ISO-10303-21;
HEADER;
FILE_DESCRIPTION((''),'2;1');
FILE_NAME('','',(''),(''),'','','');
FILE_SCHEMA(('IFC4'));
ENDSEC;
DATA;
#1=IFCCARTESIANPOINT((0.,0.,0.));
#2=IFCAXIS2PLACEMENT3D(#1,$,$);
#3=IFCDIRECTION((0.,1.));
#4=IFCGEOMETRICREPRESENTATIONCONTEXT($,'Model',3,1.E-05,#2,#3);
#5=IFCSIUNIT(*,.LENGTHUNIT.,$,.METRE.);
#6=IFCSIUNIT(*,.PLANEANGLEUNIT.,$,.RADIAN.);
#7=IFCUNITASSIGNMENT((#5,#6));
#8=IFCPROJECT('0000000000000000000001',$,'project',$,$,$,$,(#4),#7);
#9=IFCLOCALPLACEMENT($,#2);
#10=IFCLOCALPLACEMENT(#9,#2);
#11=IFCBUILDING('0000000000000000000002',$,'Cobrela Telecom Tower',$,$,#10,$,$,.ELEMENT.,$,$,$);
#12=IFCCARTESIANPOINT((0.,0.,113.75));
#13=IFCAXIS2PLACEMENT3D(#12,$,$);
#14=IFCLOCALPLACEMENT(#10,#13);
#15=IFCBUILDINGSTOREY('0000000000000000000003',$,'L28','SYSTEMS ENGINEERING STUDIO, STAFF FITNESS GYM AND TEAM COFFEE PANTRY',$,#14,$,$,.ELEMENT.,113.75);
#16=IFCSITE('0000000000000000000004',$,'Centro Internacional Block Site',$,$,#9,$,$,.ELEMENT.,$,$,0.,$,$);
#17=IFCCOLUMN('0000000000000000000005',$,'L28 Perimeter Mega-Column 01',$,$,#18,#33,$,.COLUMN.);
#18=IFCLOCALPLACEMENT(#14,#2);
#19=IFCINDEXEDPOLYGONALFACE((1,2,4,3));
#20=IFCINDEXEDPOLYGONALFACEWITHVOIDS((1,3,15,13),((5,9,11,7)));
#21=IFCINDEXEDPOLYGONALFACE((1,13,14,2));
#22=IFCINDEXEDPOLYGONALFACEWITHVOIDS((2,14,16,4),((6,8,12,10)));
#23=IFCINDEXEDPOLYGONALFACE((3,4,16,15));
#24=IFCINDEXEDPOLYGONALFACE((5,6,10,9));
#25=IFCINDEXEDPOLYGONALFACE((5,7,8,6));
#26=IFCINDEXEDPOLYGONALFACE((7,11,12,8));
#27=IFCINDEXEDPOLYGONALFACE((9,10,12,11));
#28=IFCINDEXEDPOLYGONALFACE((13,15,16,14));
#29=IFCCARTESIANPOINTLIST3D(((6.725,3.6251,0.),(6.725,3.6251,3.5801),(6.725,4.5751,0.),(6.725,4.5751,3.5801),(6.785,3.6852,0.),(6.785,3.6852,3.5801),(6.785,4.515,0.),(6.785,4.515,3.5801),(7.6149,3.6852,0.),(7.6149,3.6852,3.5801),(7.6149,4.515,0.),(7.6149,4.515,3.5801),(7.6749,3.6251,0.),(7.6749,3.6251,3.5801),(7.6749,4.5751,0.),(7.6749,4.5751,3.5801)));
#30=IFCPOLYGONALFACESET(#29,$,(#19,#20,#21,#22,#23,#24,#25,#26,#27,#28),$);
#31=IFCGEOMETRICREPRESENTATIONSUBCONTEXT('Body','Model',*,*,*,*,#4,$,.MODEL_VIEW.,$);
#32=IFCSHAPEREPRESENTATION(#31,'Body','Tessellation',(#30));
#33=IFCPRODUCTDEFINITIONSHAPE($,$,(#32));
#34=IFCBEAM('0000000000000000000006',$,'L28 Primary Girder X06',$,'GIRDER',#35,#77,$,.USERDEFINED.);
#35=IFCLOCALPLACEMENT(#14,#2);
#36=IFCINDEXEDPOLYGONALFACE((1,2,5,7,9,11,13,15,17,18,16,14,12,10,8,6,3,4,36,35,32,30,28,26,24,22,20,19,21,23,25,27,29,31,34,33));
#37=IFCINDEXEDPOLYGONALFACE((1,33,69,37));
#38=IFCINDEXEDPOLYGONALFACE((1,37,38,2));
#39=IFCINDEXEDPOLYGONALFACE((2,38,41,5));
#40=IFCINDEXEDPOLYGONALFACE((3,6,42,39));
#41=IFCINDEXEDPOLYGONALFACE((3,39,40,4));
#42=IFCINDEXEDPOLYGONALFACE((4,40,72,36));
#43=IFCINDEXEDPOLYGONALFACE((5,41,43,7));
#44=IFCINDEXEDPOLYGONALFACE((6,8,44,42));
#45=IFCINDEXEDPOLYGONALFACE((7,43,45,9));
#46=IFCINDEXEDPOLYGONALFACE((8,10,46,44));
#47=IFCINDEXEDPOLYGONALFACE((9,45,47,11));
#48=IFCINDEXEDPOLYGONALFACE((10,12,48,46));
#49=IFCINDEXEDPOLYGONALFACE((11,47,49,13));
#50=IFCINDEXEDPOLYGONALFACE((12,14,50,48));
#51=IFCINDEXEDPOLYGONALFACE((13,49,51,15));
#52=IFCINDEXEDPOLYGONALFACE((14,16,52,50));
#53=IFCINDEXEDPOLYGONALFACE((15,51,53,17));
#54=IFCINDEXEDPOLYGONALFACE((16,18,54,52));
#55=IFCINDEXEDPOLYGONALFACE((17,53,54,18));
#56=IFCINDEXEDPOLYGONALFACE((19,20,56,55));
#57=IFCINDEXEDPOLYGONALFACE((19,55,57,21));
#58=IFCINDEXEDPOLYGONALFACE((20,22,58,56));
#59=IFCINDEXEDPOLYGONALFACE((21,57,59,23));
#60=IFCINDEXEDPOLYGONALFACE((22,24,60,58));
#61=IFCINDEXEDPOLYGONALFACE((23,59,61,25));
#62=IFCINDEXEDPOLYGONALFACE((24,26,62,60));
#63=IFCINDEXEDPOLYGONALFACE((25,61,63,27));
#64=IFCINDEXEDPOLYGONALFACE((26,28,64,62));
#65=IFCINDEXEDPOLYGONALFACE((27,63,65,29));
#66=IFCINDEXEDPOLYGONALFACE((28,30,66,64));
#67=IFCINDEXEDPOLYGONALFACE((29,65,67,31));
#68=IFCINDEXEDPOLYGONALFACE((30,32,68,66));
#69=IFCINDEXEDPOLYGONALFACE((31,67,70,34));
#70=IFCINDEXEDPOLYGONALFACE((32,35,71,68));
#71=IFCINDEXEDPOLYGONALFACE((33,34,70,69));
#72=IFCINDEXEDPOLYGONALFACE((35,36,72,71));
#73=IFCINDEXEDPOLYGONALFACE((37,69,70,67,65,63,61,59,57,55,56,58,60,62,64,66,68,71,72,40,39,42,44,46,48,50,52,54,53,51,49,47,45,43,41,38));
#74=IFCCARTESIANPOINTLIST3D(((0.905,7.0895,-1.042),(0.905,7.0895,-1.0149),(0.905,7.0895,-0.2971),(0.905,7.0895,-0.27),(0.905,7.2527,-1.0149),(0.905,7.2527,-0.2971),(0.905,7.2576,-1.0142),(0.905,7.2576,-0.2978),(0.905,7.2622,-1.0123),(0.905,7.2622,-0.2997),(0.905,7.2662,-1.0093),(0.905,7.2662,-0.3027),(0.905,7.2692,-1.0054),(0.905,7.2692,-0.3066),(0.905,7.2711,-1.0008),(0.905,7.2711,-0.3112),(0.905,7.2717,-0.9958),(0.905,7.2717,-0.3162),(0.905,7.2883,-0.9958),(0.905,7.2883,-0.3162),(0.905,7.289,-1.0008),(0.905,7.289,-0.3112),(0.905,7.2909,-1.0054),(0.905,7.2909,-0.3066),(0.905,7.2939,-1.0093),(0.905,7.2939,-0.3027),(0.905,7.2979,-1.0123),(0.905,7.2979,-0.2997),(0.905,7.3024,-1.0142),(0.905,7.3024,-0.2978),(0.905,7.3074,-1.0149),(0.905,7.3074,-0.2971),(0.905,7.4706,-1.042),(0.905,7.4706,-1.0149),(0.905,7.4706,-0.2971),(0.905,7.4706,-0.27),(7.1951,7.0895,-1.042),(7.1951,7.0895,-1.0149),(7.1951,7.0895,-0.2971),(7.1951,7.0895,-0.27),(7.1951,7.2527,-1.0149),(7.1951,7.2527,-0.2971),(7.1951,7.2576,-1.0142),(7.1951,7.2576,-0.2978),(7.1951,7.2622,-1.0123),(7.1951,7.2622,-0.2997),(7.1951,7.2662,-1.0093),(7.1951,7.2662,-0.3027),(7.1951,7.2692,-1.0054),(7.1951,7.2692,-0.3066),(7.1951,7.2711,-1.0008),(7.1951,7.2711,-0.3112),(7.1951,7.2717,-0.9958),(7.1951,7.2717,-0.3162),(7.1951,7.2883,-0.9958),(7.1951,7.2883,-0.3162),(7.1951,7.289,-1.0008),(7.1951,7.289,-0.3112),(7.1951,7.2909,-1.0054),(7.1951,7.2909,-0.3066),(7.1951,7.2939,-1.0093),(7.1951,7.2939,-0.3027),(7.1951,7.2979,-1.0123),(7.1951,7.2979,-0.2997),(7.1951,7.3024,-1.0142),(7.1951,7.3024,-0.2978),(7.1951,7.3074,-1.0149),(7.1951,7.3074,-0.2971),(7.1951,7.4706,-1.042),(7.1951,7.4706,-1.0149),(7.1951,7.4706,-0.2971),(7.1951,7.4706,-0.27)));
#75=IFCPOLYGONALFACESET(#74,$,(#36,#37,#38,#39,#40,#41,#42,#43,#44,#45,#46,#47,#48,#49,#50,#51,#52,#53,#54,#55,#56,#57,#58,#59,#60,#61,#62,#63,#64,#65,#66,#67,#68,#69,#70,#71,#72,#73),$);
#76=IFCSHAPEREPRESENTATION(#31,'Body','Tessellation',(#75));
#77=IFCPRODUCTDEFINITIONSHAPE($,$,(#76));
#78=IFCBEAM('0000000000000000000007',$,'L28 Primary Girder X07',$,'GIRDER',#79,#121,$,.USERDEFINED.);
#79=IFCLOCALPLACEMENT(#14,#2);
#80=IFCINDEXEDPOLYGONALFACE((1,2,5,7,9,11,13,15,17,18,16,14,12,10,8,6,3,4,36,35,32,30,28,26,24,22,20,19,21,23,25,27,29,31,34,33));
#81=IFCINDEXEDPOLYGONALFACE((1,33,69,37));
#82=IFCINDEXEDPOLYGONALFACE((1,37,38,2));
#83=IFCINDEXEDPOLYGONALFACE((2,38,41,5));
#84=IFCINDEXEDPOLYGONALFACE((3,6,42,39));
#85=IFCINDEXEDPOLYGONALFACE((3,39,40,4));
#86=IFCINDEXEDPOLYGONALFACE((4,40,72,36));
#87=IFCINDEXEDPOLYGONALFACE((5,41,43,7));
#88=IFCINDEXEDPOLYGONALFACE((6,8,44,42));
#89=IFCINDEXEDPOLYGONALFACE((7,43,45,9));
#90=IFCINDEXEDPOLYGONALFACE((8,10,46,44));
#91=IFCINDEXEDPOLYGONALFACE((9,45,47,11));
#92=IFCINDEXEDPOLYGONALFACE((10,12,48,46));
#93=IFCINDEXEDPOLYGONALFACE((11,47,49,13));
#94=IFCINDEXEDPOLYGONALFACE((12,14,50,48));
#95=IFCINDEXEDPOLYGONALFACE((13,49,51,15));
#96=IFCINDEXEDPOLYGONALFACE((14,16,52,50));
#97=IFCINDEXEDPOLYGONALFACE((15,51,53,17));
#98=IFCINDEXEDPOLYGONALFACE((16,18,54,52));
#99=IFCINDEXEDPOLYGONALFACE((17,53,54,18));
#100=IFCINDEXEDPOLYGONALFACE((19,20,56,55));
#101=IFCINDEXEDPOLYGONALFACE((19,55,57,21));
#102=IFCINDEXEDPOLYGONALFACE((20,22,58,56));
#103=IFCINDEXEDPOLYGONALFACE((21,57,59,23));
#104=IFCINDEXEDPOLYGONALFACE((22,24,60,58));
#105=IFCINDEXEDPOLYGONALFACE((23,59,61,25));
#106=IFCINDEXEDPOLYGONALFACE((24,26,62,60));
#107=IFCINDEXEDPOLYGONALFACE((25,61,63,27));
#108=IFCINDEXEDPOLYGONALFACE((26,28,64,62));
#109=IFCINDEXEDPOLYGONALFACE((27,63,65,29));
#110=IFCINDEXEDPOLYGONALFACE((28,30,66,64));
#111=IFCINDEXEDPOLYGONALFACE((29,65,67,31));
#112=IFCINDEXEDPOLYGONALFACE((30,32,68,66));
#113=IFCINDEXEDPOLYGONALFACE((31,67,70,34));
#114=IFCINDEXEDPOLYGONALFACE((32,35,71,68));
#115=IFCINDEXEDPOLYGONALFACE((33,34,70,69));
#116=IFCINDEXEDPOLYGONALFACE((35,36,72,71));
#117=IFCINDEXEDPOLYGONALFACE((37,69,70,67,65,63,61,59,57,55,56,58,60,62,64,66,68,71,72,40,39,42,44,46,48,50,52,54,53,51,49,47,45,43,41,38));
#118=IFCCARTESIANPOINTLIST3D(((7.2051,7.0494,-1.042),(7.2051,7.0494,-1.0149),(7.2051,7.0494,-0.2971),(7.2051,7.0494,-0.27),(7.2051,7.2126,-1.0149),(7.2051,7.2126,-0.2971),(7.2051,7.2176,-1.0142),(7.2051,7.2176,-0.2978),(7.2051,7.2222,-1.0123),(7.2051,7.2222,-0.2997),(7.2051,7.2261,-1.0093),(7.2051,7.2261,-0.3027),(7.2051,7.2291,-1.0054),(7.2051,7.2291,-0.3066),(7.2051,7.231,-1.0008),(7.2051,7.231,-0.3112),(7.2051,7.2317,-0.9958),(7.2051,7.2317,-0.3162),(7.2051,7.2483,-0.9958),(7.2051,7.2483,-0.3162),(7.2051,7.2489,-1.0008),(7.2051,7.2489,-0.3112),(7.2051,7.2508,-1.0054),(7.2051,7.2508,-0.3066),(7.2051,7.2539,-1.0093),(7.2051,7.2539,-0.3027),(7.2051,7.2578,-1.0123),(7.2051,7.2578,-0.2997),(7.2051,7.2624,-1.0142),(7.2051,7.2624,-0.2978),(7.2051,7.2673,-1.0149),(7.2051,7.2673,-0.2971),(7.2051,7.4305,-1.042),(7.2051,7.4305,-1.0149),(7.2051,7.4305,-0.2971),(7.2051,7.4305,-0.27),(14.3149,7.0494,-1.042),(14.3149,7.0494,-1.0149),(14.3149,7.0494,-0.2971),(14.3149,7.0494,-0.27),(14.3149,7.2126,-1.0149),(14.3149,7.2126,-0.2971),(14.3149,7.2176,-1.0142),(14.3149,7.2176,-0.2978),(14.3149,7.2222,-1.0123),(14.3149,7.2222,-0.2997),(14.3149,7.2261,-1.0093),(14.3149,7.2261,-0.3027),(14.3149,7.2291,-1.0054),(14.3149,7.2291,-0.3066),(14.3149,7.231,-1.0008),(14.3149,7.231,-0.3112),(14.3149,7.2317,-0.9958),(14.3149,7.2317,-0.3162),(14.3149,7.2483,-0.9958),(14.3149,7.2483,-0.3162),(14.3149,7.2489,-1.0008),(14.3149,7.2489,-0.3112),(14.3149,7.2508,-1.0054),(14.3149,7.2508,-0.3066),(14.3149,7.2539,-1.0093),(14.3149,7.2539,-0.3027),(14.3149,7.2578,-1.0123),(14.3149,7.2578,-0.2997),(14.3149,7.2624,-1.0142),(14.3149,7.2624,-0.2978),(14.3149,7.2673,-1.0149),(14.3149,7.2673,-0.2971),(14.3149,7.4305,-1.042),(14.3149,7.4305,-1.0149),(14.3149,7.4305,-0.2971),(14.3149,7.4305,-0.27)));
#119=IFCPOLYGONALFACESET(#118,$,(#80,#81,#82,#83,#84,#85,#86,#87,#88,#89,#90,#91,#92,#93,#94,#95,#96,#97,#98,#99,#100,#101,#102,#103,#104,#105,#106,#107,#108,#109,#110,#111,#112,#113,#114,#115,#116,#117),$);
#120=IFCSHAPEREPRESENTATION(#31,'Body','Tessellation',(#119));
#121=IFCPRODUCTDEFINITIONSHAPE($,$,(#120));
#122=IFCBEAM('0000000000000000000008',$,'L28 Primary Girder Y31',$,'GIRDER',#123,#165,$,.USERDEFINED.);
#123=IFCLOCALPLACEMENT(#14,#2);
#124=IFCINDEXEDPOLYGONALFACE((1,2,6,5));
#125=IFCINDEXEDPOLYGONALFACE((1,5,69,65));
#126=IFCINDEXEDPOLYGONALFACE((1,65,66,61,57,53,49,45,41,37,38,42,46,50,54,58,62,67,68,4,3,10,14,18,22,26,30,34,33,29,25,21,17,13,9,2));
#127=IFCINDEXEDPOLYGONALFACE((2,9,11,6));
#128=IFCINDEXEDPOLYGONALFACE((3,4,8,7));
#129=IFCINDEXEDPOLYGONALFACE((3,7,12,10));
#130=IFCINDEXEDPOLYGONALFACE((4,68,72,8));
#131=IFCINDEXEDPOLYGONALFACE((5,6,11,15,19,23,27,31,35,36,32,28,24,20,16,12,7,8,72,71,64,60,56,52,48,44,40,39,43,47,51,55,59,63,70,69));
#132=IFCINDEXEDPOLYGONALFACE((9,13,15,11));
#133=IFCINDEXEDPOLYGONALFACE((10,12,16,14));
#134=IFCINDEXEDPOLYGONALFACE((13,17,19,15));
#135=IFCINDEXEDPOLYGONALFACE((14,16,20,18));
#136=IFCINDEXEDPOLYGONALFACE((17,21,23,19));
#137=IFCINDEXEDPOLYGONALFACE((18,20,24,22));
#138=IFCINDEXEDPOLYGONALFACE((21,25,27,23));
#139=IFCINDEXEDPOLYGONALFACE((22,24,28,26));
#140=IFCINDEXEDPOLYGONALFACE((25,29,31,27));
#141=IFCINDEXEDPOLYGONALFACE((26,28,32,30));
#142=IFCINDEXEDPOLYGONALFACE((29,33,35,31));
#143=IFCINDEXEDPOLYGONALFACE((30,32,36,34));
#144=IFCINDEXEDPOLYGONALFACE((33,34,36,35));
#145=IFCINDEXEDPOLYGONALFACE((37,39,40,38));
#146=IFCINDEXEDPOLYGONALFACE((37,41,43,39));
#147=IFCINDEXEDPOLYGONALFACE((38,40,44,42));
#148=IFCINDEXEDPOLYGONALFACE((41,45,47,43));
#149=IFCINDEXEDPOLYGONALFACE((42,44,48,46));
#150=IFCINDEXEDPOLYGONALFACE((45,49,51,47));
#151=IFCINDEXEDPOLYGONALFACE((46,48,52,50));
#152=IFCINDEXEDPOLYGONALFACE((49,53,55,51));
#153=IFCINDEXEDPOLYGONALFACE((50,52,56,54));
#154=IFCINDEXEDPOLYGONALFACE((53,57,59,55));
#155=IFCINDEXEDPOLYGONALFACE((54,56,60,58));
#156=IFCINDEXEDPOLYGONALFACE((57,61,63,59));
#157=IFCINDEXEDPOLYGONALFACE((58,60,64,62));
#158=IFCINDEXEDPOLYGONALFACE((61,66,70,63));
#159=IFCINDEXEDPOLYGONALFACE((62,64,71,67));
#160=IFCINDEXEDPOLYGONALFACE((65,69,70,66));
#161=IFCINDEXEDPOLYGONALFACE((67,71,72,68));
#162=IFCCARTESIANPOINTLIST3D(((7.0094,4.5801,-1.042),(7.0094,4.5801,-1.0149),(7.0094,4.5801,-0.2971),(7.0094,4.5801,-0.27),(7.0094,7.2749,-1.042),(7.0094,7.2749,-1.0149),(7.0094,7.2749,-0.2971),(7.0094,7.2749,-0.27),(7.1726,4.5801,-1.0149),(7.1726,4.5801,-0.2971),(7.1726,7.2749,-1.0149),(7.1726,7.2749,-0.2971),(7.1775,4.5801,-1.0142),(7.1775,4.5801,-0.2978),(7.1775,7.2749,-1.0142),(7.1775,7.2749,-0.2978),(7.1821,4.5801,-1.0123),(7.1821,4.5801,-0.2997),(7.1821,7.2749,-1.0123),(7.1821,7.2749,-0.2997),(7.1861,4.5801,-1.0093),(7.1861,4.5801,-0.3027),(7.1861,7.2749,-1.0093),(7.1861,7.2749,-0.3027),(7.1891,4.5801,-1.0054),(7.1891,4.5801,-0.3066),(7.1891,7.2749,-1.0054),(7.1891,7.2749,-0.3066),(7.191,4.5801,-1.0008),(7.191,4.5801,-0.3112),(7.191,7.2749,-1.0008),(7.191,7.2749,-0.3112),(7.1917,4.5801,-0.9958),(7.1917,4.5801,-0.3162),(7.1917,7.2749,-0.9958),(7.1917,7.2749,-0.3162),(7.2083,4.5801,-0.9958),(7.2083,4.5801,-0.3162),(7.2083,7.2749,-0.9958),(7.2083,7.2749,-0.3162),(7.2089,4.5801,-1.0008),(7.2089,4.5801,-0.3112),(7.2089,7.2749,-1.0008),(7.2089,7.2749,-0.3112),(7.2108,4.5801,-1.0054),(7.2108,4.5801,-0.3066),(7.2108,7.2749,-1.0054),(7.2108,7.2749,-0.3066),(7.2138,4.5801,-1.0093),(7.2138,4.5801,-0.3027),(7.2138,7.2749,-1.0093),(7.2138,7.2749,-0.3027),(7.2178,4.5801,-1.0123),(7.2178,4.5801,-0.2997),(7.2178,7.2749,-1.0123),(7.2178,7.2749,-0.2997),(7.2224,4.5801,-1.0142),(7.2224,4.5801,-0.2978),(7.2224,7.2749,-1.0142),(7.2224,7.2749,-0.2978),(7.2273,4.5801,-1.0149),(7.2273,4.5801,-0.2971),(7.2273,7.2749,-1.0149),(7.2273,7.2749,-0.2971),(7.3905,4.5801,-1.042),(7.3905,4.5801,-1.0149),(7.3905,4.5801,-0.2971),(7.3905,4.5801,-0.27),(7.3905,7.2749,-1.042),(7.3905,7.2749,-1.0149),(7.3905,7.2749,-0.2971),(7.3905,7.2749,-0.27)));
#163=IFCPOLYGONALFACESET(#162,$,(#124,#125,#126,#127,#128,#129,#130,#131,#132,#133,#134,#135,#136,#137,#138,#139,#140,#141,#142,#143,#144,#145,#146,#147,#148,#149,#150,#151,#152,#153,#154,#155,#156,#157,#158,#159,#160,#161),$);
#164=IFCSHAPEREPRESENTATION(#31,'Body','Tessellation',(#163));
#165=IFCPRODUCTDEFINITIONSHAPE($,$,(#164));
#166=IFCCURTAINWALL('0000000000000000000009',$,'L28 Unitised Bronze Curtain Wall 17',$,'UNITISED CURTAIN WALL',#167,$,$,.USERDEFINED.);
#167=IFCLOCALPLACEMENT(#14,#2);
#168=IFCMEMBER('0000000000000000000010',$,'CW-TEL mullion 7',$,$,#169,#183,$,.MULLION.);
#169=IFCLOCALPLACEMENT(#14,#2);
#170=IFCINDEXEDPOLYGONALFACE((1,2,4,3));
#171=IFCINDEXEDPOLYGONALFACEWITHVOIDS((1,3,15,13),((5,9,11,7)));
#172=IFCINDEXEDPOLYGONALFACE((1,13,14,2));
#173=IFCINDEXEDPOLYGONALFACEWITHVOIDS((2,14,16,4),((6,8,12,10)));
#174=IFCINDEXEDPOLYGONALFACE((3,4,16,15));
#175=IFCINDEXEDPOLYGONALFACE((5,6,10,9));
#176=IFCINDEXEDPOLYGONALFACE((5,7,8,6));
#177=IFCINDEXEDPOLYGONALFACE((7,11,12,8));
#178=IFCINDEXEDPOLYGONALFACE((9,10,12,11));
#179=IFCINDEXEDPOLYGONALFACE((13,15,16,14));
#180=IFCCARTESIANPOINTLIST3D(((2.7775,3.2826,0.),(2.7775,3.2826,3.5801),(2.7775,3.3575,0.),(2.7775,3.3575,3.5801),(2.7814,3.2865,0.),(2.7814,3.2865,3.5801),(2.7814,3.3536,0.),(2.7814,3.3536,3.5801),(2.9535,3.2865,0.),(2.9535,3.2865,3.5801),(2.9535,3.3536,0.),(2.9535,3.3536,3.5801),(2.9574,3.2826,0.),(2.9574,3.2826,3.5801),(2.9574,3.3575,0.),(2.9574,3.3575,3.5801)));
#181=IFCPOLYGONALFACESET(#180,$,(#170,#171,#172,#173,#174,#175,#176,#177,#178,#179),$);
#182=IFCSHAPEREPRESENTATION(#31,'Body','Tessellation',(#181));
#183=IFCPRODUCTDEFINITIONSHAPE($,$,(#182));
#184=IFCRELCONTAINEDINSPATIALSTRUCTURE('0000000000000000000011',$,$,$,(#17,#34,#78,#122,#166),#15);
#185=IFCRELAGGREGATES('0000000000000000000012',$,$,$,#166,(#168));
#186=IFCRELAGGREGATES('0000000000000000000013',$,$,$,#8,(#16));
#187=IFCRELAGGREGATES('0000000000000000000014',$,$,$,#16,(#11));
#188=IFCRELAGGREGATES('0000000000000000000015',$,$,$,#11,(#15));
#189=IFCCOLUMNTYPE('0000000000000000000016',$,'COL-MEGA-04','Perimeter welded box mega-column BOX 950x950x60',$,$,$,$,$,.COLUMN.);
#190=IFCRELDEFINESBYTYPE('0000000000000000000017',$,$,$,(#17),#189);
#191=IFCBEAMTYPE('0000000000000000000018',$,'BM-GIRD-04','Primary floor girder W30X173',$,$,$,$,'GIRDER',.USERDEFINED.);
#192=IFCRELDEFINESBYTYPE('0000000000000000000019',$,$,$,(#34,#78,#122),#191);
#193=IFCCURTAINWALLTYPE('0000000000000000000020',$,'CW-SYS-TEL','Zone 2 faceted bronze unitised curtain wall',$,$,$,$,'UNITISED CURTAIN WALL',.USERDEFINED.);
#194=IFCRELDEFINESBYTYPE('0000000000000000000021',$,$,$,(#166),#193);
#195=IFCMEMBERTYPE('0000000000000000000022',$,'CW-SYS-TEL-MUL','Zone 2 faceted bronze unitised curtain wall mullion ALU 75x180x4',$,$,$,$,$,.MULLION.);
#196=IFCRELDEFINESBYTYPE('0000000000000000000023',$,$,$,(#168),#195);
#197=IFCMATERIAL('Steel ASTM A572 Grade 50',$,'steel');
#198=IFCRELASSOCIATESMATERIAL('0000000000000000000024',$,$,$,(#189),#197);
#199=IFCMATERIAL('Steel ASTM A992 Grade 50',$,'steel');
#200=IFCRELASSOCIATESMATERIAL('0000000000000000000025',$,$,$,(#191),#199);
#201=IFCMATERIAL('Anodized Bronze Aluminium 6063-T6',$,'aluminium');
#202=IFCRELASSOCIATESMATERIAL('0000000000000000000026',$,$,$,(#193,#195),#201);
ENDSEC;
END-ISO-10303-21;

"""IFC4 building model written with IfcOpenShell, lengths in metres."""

from ifc_helpers import new_model, si_unit, direction, frame, origin, origin_2d, place, context, subcontext, project, spatial, hollow_rectangle, i_section, extrude, material, material_profile, profile_set, type_object, element, aggregate, save


model = new_model("IFC4")

# Units and contexts
model_context = context("Model", 3, precision=1e-05, world=origin(), true_north=direction((0.0, 1.0)))
body_context = subcontext(model_context, "Body", "Model", "MODEL_VIEW")
ifc_project = project(units=[si_unit("LENGTHUNIT", "METRE"), si_unit("PLANEANGLEUNIT", "RADIAN")], contexts=[model_context])

# Site, building, storey
site_placement = place(None, origin())
site = spatial("IfcSite", under=ifc_project, at=site_placement, Name="Centro Internacional Block Site", CompositionType="ELEMENT", RefElevation=0.0)
building_placement = place(site_placement, origin())
building = spatial("IfcBuilding", under=site, at=building_placement, Name="Cobrela Telecom Tower", CompositionType="ELEMENT")
storey_placement = place(building_placement, frame((0.0, 0.0, 113.75)))
storey = spatial("IfcBuildingStorey", under=building, at=storey_placement, Name="L28", Description="SYSTEMS ENGINEERING STUDIO, STAFF FITNESS GYM AND TEAM COFFEE PANTRY", CompositionType="ELEMENT", Elevation=113.75)

# Column
ifc_material_1 = material(Name="Steel ASTM A572 Grade 50", Category="steel")
ifc_material_profile_1 = material_profile(ifc_material_1, hollow_rectangle(XDim=0.95, YDim=0.95, WallThickness=0.0601, at=origin_2d()), Name="BOX 950x950x60")
ifc_profile_set_1 = profile_set([ifc_material_profile_1], Name="Steel ASTM A572 Grade 50")
column_type = type_object("IfcColumnType", Name="COL-MEGA-04", Description="Perimeter welded box mega-column BOX 950x950x60", PredefinedType="COLUMN", material=ifc_profile_set_1)
column_placement = place(storey_placement, frame((7.2, 4.1001, 0.0), z_axis=(0.0, 0.0, 1.0), x_axis=(1.0, 0.0, 0.0)))
element("IfcColumn", 1, at=column_placement, inside=storey, type_object=column_type, Name="L28 Perimeter Mega-Column 01", PredefinedType="COLUMN", context=body_context, shape_type="SweptSolid", body=[
    extrude(hollow_rectangle(XDim=0.95, YDim=0.95, WallThickness=0.0601, at=origin_2d()), origin(), (0.0, 0.0, 1.0), 3.5801),
])

# Beams
ifc_material_2 = material(Name="Steel ASTM A992 Grade 50", Category="steel")
ifc_material_profile_2 = material_profile(ifc_material_2, i_section(OverallWidth=0.3811, OverallDepth=0.772, WebThickness=0.0166, FlangeThickness=0.0271, FilletRadius=0.019, at=origin_2d()), Name="W30X173")
ifc_profile_set_2 = profile_set([ifc_material_profile_2], Name="Steel ASTM A992 Grade 50")
beam_type = type_object("IfcBeamType", Name="BM-GIRD-04", Description="Primary floor girder W30X173", ElementType="GIRDER", PredefinedType="USERDEFINED", material=ifc_profile_set_2)
beam_1_placement = place(storey_placement, frame((0.905, 7.28, -0.656), z_axis=(1.0, 0.0, 0.0), x_axis=(0.0, 1.0, 0.0)))
element("IfcBeam", 2, at=beam_1_placement, inside=storey, type_object=beam_type, Name="L28 Primary Girder X06", ObjectType="GIRDER", PredefinedType="USERDEFINED", context=body_context, shape_type="SweptSolid", body=[
    extrude(i_section(OverallWidth=0.3811, OverallDepth=0.772, WebThickness=0.0166, FlangeThickness=0.0271, FilletRadius=0.019, at=origin_2d()), origin(), (0.0, 0.0, 1.0), 6.29),
])
beam_2_placement = place(storey_placement, frame((7.2051, 7.24, -0.656), z_axis=(1.0, 0.0, 0.0), x_axis=(0.0, 1.0, 0.0)))
element("IfcBeam", 3, at=beam_2_placement, inside=storey, type_object=beam_type, Name="L28 Primary Girder X07", ObjectType="GIRDER", PredefinedType="USERDEFINED", context=body_context, shape_type="SweptSolid", body=[
    extrude(i_section(OverallWidth=0.3811, OverallDepth=0.772, WebThickness=0.0166, FlangeThickness=0.0271, FilletRadius=0.019, at=origin_2d()), origin(), (0.0, 0.0, 1.0), 7.1099),
])
beam_3_placement = place(storey_placement, frame((7.2, 4.5801, -0.656), z_axis=(0.0, 1.0, 0.0), x_axis=(-1.0, 0.0, 0.0)))
element("IfcBeam", 4, at=beam_3_placement, inside=storey, type_object=beam_type, Name="L28 Primary Girder Y31", ObjectType="GIRDER", PredefinedType="USERDEFINED", context=body_context, shape_type="SweptSolid", body=[
    extrude(i_section(OverallWidth=0.3811, OverallDepth=0.772, WebThickness=0.0166, FlangeThickness=0.0271, FilletRadius=0.019, at=origin_2d()), origin(), (0.0, 0.0, 1.0), 2.6948),
])

# Curtain wall, member
ifc_material_3 = material(Name="Anodized Bronze Aluminium 6063-T6", Category="aluminium")
curtain_wall_type = type_object("IfcCurtainWallType", Name="CW-SYS-TEL", Description="Zone 2 faceted bronze unitised curtain wall", ElementType="UNITISED CURTAIN WALL", PredefinedType="USERDEFINED", material=ifc_material_3)
curtain_wall_placement = place(storey_placement, origin())
curtain_wall = element("IfcCurtainWall", 5, at=curtain_wall_placement, inside=storey, type_object=curtain_wall_type, Name="L28 Unitised Bronze Curtain Wall 17", ObjectType="UNITISED CURTAIN WALL", PredefinedType="USERDEFINED")
ifc_material_profile_3 = material_profile(ifc_material_3, hollow_rectangle(XDim=0.075, YDim=0.1799, WallThickness=0.0039, at=origin_2d()), Name="ALU 75x180x4")
ifc_profile_set_3 = profile_set([ifc_material_profile_3], Name="Anodized Bronze Aluminium 6063-T6")
member_type = type_object("IfcMemberType", Name="CW-SYS-TEL-MUL", Description="Zone 2 faceted bronze unitised curtain wall mullion ALU 75x180x4", PredefinedType="MULLION", material=ifc_profile_set_3)
member_placement = place(storey_placement, frame((2.8674, 3.3201, 0.0), z_axis=(0.0, 0.0, 1.0), x_axis=(0.0, -1.0, 0.0)))
member = element("IfcMember", 6, at=member_placement, type_object=member_type, Name="CW-TEL mullion 7", PredefinedType="MULLION", context=body_context, shape_type="SweptSolid", body=[
    extrude(hollow_rectangle(XDim=0.075, YDim=0.1799, WallThickness=0.0039, at=origin_2d()), origin(), (0.0, 0.0, 1.0), 3.5801),
])
aggregate(curtain_wall, [member])

save(model, "model.ifc")
